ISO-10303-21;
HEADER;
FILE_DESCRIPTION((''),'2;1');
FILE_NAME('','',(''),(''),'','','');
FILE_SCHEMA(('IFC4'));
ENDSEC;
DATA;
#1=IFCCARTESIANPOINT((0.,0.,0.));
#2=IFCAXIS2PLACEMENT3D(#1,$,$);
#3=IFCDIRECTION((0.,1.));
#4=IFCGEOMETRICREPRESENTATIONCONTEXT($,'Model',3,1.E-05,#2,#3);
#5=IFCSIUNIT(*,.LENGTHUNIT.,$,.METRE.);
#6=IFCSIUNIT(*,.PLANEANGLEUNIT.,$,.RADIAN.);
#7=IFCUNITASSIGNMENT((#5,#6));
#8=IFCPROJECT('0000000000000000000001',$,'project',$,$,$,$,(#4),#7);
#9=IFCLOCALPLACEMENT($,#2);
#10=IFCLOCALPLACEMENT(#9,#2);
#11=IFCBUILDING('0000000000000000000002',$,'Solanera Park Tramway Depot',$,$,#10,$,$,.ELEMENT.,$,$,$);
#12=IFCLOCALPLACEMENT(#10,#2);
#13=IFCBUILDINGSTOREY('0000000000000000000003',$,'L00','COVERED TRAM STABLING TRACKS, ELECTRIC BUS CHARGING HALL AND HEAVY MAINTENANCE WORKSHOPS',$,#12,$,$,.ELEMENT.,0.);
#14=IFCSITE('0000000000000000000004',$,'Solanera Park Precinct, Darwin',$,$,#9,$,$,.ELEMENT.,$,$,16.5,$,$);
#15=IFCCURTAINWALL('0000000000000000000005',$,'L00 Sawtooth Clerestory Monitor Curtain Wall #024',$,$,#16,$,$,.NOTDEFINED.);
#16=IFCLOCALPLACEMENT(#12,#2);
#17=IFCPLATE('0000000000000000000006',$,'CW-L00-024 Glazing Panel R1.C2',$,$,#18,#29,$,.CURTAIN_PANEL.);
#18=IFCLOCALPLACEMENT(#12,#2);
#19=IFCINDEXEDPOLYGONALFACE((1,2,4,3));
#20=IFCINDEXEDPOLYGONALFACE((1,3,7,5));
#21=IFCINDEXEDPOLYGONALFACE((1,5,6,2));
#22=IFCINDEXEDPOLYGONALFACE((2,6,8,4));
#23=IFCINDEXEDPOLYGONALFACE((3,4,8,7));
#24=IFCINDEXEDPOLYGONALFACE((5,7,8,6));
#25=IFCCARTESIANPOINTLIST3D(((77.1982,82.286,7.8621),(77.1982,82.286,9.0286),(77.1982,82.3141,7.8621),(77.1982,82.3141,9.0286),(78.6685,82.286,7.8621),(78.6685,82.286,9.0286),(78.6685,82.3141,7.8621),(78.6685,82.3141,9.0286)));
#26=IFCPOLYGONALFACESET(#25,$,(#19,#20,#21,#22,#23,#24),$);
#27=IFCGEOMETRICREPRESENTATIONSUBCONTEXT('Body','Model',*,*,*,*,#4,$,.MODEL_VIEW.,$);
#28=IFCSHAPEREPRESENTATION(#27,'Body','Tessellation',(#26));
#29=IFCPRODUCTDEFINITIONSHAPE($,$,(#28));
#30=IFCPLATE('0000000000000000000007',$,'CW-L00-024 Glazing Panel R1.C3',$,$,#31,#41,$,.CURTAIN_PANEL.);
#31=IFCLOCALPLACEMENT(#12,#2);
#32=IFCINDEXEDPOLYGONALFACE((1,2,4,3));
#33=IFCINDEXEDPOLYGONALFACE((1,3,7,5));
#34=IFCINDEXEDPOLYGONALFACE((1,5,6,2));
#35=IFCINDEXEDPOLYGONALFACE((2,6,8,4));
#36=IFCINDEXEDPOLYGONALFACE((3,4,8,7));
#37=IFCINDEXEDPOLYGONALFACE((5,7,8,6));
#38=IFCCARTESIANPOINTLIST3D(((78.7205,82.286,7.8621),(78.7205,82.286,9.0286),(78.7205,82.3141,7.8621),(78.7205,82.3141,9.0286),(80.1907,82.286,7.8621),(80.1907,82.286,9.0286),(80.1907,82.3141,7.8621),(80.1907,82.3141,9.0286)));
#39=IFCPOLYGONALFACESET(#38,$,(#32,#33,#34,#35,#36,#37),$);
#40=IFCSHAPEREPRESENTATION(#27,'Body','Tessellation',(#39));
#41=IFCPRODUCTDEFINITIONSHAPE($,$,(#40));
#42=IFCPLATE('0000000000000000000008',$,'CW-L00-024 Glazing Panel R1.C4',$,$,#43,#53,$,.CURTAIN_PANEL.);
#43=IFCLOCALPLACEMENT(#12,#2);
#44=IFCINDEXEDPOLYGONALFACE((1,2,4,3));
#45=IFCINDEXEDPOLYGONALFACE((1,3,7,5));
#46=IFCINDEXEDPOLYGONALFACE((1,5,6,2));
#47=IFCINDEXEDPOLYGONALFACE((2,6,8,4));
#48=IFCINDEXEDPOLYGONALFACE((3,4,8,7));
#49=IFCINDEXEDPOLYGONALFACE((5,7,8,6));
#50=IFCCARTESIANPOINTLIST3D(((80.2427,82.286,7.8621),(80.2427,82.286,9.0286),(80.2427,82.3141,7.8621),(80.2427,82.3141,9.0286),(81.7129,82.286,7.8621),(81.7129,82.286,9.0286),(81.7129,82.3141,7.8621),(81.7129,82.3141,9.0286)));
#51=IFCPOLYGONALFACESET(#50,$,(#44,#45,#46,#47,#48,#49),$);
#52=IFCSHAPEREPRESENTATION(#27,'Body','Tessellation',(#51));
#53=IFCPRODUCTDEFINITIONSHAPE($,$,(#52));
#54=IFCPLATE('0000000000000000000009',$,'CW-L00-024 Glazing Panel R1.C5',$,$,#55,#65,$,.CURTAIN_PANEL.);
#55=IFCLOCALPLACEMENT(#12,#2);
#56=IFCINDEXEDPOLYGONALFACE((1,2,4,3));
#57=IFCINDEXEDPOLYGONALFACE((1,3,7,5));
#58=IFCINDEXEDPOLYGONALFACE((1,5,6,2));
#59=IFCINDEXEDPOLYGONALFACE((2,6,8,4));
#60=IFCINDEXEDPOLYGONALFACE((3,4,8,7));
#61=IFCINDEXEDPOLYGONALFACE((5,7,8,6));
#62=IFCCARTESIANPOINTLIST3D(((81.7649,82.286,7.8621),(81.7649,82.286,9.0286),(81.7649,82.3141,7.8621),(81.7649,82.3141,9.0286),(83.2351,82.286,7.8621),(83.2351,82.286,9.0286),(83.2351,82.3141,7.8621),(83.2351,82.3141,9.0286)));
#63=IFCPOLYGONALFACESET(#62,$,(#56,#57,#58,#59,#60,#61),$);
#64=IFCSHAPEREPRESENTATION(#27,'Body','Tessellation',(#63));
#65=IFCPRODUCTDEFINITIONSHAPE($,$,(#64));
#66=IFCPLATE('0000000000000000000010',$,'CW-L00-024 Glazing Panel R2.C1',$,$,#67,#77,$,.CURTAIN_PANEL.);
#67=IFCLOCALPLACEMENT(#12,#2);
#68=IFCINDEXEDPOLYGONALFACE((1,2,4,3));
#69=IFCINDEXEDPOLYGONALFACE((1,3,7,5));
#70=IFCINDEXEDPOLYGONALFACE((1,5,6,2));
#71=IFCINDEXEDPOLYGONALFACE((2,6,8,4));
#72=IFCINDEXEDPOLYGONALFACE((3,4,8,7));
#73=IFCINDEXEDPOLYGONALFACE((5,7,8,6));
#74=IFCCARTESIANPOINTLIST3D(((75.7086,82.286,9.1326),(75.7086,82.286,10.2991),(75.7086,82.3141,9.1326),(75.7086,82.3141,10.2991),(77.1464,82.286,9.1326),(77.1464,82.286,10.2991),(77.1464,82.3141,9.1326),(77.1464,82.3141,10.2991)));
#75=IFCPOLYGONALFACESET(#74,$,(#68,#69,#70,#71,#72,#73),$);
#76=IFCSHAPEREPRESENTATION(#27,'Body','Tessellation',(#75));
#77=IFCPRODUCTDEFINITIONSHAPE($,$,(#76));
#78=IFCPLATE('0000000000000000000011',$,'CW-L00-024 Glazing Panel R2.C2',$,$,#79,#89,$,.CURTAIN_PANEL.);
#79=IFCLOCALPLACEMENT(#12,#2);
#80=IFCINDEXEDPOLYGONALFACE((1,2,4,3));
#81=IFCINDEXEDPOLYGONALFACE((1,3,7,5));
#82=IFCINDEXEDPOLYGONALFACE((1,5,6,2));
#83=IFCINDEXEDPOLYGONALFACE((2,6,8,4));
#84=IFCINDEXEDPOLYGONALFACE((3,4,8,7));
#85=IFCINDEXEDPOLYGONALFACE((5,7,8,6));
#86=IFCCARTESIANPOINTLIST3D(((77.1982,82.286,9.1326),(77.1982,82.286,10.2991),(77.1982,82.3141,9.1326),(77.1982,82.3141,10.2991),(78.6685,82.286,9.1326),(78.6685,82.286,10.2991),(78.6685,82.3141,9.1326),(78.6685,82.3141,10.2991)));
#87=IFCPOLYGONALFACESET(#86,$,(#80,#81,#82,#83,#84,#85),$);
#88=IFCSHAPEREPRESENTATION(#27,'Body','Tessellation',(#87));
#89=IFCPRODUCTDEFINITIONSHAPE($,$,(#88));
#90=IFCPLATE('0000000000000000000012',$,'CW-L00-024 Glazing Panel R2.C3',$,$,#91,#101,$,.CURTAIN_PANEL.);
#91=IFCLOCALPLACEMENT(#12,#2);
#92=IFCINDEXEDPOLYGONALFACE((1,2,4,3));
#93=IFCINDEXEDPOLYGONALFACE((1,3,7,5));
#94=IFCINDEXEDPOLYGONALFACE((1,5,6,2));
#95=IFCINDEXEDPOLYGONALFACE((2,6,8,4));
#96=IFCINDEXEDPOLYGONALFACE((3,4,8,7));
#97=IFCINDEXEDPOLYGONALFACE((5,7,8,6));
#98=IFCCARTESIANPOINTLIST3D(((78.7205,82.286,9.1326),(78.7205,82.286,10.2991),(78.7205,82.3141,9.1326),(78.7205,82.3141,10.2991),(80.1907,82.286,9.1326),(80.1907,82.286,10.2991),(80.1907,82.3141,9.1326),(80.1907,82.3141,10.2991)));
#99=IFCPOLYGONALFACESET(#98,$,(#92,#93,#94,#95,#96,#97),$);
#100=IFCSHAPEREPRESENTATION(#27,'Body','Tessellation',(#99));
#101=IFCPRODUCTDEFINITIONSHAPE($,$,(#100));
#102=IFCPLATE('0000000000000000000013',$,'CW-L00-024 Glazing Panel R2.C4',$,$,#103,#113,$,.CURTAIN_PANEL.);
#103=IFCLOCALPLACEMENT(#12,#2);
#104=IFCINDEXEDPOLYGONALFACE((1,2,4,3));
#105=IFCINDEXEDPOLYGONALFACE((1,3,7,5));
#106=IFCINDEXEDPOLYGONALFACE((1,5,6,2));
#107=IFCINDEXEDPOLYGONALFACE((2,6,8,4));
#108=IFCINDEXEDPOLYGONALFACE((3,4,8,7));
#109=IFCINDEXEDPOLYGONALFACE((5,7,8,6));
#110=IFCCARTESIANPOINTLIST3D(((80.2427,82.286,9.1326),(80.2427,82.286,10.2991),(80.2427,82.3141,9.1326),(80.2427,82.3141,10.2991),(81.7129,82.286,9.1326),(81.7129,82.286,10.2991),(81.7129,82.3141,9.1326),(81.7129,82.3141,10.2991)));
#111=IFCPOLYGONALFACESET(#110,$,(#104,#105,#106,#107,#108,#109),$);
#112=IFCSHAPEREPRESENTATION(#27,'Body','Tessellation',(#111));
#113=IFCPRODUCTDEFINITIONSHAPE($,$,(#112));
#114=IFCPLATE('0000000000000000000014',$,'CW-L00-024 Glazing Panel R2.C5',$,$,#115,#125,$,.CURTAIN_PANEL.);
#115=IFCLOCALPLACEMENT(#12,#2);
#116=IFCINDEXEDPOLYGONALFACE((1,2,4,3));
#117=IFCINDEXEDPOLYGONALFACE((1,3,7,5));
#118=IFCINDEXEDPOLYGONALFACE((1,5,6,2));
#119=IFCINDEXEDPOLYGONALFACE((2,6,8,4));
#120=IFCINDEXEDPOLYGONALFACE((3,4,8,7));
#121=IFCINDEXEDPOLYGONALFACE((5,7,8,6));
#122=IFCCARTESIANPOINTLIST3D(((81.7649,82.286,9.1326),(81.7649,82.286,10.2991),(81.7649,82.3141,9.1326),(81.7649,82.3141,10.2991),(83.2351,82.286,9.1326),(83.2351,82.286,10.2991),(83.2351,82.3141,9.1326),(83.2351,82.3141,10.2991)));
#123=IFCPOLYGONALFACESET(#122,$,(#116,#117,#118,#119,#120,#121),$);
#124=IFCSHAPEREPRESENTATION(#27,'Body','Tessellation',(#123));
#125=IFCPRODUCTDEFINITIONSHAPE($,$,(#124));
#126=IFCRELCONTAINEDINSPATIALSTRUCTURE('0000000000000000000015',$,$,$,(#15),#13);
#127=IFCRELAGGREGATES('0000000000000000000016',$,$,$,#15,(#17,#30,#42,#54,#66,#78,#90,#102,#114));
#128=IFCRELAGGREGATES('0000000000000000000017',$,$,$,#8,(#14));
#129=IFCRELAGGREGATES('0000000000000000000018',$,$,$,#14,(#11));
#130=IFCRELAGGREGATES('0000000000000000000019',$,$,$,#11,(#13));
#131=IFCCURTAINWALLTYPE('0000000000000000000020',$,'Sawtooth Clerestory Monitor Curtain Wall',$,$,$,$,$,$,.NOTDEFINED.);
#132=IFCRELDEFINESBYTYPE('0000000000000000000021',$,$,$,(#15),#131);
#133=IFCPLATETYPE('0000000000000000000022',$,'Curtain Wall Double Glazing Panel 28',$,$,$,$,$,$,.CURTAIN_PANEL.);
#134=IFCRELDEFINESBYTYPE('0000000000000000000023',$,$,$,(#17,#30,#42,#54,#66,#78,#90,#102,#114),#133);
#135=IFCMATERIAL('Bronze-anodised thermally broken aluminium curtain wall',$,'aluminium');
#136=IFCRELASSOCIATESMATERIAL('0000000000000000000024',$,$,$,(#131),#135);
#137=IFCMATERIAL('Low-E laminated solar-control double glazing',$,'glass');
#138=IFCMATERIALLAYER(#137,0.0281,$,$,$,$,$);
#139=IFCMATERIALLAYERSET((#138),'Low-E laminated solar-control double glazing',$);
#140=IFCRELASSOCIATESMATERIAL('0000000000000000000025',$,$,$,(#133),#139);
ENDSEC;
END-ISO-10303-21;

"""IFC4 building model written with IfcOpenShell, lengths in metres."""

from ifc_helpers import new_model, si_unit, direction, frame, origin, origin_2d, place, context, subcontext, project, spatial, rectangle, extrude, material, layer, layer_set, type_object, element, aggregate, save


model = new_model("IFC4")

# Units and contexts
model_context = context("Model", 3, precision=1e-05, world=origin(), true_north=direction((0.0, 1.0)))
body_context = subcontext(model_context, "Body", "Model", "MODEL_VIEW")
ifc_project = project(units=[si_unit("LENGTHUNIT", "METRE"), si_unit("PLANEANGLEUNIT", "RADIAN")], contexts=[model_context])

# Site, building, storey
site_placement = place(None, origin())
site = spatial("IfcSite", under=ifc_project, at=site_placement, Name="Solanera Park Precinct, Darwin", CompositionType="ELEMENT", RefElevation=16.5)
building_placement = place(site_placement, origin())
building = spatial("IfcBuilding", under=site, at=building_placement, Name="Solanera Park Tramway Depot", CompositionType="ELEMENT")
storey_placement = place(building_placement, origin())
storey = spatial("IfcBuildingStorey", under=building, at=storey_placement, Name="L00", Description="COVERED TRAM STABLING TRACKS, ELECTRIC BUS CHARGING HALL AND HEAVY MAINTENANCE WORKSHOPS", CompositionType="ELEMENT", Elevation=0.0)

# Curtain wall
ifc_material_1 = material(Name="Bronze-anodised thermally broken aluminium curtain wall", Category="aluminium")
curtain_wall_type = type_object("IfcCurtainWallType", Name="Sawtooth Clerestory Monitor Curtain Wall", PredefinedType="NOTDEFINED", material=ifc_material_1)
curtain_wall_placement = place(storey_placement, origin())
curtain_wall = element("IfcCurtainWall", 1, at=curtain_wall_placement, inside=storey, type_object=curtain_wall_type, Name="L00 Sawtooth Clerestory Monitor Curtain Wall #024", PredefinedType="NOTDEFINED")

# Plates
ifc_material_2 = material(Name="Low-E laminated solar-control double glazing", Category="glass")
ifc_layer = layer(ifc_material_2, 0.0281)
ifc_layer_set = layer_set([ifc_layer], Name="Low-E laminated solar-control double glazing")
plate_type = type_object("IfcPlateType", Name="Curtain Wall Double Glazing Panel 28", PredefinedType="CURTAIN_PANEL", material=ifc_layer_set)
plate_1_placement = place(storey_placement, frame((77.9333, 82.3, 7.8621), z_axis=(0.0, 0.0, 1.0), x_axis=(1.0, 0.0, 0.0)))
plate_1 = element("IfcPlate", 2, at=plate_1_placement, type_object=plate_type, Name="CW-L00-024 Glazing Panel R1.C2", PredefinedType="CURTAIN_PANEL", context=body_context, shape_type="SweptSolid", body=[
    extrude(rectangle(XDim=1.4702, YDim=0.0281, at=origin_2d()), origin(), (0.0, 0.0, 1.0), 1.1665),
])
plate_2_placement = place(storey_placement, frame((79.4556, 82.3, 7.8621), z_axis=(0.0, 0.0, 1.0), x_axis=(1.0, 0.0, 0.0)))
plate_2 = element("IfcPlate", 3, at=plate_2_placement, type_object=plate_type, Name="CW-L00-024 Glazing Panel R1.C3", PredefinedType="CURTAIN_PANEL", context=body_context, shape_type="SweptSolid", body=[
    extrude(rectangle(XDim=1.4702, YDim=0.0281, at=origin_2d()), origin(), (0.0, 0.0, 1.0), 1.1665),
])
plate_3_placement = place(storey_placement, frame((80.9778, 82.3, 7.8621), z_axis=(0.0, 0.0, 1.0), x_axis=(1.0, 0.0, 0.0)))
plate_3 = element("IfcPlate", 4, at=plate_3_placement, type_object=plate_type, Name="CW-L00-024 Glazing Panel R1.C4", PredefinedType="CURTAIN_PANEL", context=body_context, shape_type="SweptSolid", body=[
    extrude(rectangle(XDim=1.4702, YDim=0.0281, at=origin_2d()), origin(), (0.0, 0.0, 1.0), 1.1665),
])
plate_4_placement = place(storey_placement, frame((82.5, 82.3, 7.8621), z_axis=(0.0, 0.0, 1.0), x_axis=(1.0, 0.0, 0.0)))
plate_4 = element("IfcPlate", 5, at=plate_4_placement, type_object=plate_type, Name="CW-L00-024 Glazing Panel R1.C5", PredefinedType="CURTAIN_PANEL", context=body_context, shape_type="SweptSolid", body=[
    extrude(rectangle(XDim=1.4702, YDim=0.0281, at=origin_2d()), origin(), (0.0, 0.0, 1.0), 1.1665),
])
plate_5_placement = place(storey_placement, frame((76.4275, 82.3, 9.1326), z_axis=(0.0, 0.0, 1.0), x_axis=(1.0, 0.0, 0.0)))
plate_5 = element("IfcPlate", 6, at=plate_5_placement, type_object=plate_type, Name="CW-L00-024 Glazing Panel R2.C1", PredefinedType="CURTAIN_PANEL", context=body_context, shape_type="SweptSolid", body=[
    extrude(rectangle(XDim=1.4377, YDim=0.0281, at=origin_2d()), origin(), (0.0, 0.0, 1.0), 1.1665),
])
plate_6_placement = place(storey_placement, frame((77.9333, 82.3, 9.1326), z_axis=(0.0, 0.0, 1.0), x_axis=(1.0, 0.0, 0.0)))
plate_6 = element("IfcPlate", 7, at=plate_6_placement, type_object=plate_type, Name="CW-L00-024 Glazing Panel R2.C2", PredefinedType="CURTAIN_PANEL", context=body_context, shape_type="SweptSolid", body=[
    extrude(rectangle(XDim=1.4702, YDim=0.0281, at=origin_2d()), origin(), (0.0, 0.0, 1.0), 1.1665),
])
plate_7_placement = place(storey_placement, frame((79.4556, 82.3, 9.1326), z_axis=(0.0, 0.0, 1.0), x_axis=(1.0, 0.0, 0.0)))
plate_7 = element("IfcPlate", 8, at=plate_7_placement, type_object=plate_type, Name="CW-L00-024 Glazing Panel R2.C3", PredefinedType="CURTAIN_PANEL", context=body_context, shape_type="SweptSolid", body=[
    extrude(rectangle(XDim=1.4702, YDim=0.0281, at=origin_2d()), origin(), (0.0, 0.0, 1.0), 1.1665),
])
plate_8_placement = place(storey_placement, frame((80.9778, 82.3, 9.1326), z_axis=(0.0, 0.0, 1.0), x_axis=(1.0, 0.0, 0.0)))
plate_8 = element("IfcPlate", 9, at=plate_8_placement, type_object=plate_type, Name="CW-L00-024 Glazing Panel R2.C4", PredefinedType="CURTAIN_PANEL", context=body_context, shape_type="SweptSolid", body=[
    extrude(rectangle(XDim=1.4702, YDim=0.0281, at=origin_2d()), origin(), (0.0, 0.0, 1.0), 1.1665),
])
plate_9_placement = place(storey_placement, frame((82.5, 82.3, 9.1326), z_axis=(0.0, 0.0, 1.0), x_axis=(1.0, 0.0, 0.0)))
plate_9 = element("IfcPlate", 10, at=plate_9_placement, type_object=plate_type, Name="CW-L00-024 Glazing Panel R2.C5", PredefinedType="CURTAIN_PANEL", context=body_context, shape_type="SweptSolid", body=[
    extrude(rectangle(XDim=1.4702, YDim=0.0281, at=origin_2d()), origin(), (0.0, 0.0, 1.0), 1.1665),
])
aggregate(curtain_wall, [plate_1, plate_2, plate_3, plate_4, plate_5, plate_6, plate_7, plate_8, plate_9])

save(model, "model.ifc")
